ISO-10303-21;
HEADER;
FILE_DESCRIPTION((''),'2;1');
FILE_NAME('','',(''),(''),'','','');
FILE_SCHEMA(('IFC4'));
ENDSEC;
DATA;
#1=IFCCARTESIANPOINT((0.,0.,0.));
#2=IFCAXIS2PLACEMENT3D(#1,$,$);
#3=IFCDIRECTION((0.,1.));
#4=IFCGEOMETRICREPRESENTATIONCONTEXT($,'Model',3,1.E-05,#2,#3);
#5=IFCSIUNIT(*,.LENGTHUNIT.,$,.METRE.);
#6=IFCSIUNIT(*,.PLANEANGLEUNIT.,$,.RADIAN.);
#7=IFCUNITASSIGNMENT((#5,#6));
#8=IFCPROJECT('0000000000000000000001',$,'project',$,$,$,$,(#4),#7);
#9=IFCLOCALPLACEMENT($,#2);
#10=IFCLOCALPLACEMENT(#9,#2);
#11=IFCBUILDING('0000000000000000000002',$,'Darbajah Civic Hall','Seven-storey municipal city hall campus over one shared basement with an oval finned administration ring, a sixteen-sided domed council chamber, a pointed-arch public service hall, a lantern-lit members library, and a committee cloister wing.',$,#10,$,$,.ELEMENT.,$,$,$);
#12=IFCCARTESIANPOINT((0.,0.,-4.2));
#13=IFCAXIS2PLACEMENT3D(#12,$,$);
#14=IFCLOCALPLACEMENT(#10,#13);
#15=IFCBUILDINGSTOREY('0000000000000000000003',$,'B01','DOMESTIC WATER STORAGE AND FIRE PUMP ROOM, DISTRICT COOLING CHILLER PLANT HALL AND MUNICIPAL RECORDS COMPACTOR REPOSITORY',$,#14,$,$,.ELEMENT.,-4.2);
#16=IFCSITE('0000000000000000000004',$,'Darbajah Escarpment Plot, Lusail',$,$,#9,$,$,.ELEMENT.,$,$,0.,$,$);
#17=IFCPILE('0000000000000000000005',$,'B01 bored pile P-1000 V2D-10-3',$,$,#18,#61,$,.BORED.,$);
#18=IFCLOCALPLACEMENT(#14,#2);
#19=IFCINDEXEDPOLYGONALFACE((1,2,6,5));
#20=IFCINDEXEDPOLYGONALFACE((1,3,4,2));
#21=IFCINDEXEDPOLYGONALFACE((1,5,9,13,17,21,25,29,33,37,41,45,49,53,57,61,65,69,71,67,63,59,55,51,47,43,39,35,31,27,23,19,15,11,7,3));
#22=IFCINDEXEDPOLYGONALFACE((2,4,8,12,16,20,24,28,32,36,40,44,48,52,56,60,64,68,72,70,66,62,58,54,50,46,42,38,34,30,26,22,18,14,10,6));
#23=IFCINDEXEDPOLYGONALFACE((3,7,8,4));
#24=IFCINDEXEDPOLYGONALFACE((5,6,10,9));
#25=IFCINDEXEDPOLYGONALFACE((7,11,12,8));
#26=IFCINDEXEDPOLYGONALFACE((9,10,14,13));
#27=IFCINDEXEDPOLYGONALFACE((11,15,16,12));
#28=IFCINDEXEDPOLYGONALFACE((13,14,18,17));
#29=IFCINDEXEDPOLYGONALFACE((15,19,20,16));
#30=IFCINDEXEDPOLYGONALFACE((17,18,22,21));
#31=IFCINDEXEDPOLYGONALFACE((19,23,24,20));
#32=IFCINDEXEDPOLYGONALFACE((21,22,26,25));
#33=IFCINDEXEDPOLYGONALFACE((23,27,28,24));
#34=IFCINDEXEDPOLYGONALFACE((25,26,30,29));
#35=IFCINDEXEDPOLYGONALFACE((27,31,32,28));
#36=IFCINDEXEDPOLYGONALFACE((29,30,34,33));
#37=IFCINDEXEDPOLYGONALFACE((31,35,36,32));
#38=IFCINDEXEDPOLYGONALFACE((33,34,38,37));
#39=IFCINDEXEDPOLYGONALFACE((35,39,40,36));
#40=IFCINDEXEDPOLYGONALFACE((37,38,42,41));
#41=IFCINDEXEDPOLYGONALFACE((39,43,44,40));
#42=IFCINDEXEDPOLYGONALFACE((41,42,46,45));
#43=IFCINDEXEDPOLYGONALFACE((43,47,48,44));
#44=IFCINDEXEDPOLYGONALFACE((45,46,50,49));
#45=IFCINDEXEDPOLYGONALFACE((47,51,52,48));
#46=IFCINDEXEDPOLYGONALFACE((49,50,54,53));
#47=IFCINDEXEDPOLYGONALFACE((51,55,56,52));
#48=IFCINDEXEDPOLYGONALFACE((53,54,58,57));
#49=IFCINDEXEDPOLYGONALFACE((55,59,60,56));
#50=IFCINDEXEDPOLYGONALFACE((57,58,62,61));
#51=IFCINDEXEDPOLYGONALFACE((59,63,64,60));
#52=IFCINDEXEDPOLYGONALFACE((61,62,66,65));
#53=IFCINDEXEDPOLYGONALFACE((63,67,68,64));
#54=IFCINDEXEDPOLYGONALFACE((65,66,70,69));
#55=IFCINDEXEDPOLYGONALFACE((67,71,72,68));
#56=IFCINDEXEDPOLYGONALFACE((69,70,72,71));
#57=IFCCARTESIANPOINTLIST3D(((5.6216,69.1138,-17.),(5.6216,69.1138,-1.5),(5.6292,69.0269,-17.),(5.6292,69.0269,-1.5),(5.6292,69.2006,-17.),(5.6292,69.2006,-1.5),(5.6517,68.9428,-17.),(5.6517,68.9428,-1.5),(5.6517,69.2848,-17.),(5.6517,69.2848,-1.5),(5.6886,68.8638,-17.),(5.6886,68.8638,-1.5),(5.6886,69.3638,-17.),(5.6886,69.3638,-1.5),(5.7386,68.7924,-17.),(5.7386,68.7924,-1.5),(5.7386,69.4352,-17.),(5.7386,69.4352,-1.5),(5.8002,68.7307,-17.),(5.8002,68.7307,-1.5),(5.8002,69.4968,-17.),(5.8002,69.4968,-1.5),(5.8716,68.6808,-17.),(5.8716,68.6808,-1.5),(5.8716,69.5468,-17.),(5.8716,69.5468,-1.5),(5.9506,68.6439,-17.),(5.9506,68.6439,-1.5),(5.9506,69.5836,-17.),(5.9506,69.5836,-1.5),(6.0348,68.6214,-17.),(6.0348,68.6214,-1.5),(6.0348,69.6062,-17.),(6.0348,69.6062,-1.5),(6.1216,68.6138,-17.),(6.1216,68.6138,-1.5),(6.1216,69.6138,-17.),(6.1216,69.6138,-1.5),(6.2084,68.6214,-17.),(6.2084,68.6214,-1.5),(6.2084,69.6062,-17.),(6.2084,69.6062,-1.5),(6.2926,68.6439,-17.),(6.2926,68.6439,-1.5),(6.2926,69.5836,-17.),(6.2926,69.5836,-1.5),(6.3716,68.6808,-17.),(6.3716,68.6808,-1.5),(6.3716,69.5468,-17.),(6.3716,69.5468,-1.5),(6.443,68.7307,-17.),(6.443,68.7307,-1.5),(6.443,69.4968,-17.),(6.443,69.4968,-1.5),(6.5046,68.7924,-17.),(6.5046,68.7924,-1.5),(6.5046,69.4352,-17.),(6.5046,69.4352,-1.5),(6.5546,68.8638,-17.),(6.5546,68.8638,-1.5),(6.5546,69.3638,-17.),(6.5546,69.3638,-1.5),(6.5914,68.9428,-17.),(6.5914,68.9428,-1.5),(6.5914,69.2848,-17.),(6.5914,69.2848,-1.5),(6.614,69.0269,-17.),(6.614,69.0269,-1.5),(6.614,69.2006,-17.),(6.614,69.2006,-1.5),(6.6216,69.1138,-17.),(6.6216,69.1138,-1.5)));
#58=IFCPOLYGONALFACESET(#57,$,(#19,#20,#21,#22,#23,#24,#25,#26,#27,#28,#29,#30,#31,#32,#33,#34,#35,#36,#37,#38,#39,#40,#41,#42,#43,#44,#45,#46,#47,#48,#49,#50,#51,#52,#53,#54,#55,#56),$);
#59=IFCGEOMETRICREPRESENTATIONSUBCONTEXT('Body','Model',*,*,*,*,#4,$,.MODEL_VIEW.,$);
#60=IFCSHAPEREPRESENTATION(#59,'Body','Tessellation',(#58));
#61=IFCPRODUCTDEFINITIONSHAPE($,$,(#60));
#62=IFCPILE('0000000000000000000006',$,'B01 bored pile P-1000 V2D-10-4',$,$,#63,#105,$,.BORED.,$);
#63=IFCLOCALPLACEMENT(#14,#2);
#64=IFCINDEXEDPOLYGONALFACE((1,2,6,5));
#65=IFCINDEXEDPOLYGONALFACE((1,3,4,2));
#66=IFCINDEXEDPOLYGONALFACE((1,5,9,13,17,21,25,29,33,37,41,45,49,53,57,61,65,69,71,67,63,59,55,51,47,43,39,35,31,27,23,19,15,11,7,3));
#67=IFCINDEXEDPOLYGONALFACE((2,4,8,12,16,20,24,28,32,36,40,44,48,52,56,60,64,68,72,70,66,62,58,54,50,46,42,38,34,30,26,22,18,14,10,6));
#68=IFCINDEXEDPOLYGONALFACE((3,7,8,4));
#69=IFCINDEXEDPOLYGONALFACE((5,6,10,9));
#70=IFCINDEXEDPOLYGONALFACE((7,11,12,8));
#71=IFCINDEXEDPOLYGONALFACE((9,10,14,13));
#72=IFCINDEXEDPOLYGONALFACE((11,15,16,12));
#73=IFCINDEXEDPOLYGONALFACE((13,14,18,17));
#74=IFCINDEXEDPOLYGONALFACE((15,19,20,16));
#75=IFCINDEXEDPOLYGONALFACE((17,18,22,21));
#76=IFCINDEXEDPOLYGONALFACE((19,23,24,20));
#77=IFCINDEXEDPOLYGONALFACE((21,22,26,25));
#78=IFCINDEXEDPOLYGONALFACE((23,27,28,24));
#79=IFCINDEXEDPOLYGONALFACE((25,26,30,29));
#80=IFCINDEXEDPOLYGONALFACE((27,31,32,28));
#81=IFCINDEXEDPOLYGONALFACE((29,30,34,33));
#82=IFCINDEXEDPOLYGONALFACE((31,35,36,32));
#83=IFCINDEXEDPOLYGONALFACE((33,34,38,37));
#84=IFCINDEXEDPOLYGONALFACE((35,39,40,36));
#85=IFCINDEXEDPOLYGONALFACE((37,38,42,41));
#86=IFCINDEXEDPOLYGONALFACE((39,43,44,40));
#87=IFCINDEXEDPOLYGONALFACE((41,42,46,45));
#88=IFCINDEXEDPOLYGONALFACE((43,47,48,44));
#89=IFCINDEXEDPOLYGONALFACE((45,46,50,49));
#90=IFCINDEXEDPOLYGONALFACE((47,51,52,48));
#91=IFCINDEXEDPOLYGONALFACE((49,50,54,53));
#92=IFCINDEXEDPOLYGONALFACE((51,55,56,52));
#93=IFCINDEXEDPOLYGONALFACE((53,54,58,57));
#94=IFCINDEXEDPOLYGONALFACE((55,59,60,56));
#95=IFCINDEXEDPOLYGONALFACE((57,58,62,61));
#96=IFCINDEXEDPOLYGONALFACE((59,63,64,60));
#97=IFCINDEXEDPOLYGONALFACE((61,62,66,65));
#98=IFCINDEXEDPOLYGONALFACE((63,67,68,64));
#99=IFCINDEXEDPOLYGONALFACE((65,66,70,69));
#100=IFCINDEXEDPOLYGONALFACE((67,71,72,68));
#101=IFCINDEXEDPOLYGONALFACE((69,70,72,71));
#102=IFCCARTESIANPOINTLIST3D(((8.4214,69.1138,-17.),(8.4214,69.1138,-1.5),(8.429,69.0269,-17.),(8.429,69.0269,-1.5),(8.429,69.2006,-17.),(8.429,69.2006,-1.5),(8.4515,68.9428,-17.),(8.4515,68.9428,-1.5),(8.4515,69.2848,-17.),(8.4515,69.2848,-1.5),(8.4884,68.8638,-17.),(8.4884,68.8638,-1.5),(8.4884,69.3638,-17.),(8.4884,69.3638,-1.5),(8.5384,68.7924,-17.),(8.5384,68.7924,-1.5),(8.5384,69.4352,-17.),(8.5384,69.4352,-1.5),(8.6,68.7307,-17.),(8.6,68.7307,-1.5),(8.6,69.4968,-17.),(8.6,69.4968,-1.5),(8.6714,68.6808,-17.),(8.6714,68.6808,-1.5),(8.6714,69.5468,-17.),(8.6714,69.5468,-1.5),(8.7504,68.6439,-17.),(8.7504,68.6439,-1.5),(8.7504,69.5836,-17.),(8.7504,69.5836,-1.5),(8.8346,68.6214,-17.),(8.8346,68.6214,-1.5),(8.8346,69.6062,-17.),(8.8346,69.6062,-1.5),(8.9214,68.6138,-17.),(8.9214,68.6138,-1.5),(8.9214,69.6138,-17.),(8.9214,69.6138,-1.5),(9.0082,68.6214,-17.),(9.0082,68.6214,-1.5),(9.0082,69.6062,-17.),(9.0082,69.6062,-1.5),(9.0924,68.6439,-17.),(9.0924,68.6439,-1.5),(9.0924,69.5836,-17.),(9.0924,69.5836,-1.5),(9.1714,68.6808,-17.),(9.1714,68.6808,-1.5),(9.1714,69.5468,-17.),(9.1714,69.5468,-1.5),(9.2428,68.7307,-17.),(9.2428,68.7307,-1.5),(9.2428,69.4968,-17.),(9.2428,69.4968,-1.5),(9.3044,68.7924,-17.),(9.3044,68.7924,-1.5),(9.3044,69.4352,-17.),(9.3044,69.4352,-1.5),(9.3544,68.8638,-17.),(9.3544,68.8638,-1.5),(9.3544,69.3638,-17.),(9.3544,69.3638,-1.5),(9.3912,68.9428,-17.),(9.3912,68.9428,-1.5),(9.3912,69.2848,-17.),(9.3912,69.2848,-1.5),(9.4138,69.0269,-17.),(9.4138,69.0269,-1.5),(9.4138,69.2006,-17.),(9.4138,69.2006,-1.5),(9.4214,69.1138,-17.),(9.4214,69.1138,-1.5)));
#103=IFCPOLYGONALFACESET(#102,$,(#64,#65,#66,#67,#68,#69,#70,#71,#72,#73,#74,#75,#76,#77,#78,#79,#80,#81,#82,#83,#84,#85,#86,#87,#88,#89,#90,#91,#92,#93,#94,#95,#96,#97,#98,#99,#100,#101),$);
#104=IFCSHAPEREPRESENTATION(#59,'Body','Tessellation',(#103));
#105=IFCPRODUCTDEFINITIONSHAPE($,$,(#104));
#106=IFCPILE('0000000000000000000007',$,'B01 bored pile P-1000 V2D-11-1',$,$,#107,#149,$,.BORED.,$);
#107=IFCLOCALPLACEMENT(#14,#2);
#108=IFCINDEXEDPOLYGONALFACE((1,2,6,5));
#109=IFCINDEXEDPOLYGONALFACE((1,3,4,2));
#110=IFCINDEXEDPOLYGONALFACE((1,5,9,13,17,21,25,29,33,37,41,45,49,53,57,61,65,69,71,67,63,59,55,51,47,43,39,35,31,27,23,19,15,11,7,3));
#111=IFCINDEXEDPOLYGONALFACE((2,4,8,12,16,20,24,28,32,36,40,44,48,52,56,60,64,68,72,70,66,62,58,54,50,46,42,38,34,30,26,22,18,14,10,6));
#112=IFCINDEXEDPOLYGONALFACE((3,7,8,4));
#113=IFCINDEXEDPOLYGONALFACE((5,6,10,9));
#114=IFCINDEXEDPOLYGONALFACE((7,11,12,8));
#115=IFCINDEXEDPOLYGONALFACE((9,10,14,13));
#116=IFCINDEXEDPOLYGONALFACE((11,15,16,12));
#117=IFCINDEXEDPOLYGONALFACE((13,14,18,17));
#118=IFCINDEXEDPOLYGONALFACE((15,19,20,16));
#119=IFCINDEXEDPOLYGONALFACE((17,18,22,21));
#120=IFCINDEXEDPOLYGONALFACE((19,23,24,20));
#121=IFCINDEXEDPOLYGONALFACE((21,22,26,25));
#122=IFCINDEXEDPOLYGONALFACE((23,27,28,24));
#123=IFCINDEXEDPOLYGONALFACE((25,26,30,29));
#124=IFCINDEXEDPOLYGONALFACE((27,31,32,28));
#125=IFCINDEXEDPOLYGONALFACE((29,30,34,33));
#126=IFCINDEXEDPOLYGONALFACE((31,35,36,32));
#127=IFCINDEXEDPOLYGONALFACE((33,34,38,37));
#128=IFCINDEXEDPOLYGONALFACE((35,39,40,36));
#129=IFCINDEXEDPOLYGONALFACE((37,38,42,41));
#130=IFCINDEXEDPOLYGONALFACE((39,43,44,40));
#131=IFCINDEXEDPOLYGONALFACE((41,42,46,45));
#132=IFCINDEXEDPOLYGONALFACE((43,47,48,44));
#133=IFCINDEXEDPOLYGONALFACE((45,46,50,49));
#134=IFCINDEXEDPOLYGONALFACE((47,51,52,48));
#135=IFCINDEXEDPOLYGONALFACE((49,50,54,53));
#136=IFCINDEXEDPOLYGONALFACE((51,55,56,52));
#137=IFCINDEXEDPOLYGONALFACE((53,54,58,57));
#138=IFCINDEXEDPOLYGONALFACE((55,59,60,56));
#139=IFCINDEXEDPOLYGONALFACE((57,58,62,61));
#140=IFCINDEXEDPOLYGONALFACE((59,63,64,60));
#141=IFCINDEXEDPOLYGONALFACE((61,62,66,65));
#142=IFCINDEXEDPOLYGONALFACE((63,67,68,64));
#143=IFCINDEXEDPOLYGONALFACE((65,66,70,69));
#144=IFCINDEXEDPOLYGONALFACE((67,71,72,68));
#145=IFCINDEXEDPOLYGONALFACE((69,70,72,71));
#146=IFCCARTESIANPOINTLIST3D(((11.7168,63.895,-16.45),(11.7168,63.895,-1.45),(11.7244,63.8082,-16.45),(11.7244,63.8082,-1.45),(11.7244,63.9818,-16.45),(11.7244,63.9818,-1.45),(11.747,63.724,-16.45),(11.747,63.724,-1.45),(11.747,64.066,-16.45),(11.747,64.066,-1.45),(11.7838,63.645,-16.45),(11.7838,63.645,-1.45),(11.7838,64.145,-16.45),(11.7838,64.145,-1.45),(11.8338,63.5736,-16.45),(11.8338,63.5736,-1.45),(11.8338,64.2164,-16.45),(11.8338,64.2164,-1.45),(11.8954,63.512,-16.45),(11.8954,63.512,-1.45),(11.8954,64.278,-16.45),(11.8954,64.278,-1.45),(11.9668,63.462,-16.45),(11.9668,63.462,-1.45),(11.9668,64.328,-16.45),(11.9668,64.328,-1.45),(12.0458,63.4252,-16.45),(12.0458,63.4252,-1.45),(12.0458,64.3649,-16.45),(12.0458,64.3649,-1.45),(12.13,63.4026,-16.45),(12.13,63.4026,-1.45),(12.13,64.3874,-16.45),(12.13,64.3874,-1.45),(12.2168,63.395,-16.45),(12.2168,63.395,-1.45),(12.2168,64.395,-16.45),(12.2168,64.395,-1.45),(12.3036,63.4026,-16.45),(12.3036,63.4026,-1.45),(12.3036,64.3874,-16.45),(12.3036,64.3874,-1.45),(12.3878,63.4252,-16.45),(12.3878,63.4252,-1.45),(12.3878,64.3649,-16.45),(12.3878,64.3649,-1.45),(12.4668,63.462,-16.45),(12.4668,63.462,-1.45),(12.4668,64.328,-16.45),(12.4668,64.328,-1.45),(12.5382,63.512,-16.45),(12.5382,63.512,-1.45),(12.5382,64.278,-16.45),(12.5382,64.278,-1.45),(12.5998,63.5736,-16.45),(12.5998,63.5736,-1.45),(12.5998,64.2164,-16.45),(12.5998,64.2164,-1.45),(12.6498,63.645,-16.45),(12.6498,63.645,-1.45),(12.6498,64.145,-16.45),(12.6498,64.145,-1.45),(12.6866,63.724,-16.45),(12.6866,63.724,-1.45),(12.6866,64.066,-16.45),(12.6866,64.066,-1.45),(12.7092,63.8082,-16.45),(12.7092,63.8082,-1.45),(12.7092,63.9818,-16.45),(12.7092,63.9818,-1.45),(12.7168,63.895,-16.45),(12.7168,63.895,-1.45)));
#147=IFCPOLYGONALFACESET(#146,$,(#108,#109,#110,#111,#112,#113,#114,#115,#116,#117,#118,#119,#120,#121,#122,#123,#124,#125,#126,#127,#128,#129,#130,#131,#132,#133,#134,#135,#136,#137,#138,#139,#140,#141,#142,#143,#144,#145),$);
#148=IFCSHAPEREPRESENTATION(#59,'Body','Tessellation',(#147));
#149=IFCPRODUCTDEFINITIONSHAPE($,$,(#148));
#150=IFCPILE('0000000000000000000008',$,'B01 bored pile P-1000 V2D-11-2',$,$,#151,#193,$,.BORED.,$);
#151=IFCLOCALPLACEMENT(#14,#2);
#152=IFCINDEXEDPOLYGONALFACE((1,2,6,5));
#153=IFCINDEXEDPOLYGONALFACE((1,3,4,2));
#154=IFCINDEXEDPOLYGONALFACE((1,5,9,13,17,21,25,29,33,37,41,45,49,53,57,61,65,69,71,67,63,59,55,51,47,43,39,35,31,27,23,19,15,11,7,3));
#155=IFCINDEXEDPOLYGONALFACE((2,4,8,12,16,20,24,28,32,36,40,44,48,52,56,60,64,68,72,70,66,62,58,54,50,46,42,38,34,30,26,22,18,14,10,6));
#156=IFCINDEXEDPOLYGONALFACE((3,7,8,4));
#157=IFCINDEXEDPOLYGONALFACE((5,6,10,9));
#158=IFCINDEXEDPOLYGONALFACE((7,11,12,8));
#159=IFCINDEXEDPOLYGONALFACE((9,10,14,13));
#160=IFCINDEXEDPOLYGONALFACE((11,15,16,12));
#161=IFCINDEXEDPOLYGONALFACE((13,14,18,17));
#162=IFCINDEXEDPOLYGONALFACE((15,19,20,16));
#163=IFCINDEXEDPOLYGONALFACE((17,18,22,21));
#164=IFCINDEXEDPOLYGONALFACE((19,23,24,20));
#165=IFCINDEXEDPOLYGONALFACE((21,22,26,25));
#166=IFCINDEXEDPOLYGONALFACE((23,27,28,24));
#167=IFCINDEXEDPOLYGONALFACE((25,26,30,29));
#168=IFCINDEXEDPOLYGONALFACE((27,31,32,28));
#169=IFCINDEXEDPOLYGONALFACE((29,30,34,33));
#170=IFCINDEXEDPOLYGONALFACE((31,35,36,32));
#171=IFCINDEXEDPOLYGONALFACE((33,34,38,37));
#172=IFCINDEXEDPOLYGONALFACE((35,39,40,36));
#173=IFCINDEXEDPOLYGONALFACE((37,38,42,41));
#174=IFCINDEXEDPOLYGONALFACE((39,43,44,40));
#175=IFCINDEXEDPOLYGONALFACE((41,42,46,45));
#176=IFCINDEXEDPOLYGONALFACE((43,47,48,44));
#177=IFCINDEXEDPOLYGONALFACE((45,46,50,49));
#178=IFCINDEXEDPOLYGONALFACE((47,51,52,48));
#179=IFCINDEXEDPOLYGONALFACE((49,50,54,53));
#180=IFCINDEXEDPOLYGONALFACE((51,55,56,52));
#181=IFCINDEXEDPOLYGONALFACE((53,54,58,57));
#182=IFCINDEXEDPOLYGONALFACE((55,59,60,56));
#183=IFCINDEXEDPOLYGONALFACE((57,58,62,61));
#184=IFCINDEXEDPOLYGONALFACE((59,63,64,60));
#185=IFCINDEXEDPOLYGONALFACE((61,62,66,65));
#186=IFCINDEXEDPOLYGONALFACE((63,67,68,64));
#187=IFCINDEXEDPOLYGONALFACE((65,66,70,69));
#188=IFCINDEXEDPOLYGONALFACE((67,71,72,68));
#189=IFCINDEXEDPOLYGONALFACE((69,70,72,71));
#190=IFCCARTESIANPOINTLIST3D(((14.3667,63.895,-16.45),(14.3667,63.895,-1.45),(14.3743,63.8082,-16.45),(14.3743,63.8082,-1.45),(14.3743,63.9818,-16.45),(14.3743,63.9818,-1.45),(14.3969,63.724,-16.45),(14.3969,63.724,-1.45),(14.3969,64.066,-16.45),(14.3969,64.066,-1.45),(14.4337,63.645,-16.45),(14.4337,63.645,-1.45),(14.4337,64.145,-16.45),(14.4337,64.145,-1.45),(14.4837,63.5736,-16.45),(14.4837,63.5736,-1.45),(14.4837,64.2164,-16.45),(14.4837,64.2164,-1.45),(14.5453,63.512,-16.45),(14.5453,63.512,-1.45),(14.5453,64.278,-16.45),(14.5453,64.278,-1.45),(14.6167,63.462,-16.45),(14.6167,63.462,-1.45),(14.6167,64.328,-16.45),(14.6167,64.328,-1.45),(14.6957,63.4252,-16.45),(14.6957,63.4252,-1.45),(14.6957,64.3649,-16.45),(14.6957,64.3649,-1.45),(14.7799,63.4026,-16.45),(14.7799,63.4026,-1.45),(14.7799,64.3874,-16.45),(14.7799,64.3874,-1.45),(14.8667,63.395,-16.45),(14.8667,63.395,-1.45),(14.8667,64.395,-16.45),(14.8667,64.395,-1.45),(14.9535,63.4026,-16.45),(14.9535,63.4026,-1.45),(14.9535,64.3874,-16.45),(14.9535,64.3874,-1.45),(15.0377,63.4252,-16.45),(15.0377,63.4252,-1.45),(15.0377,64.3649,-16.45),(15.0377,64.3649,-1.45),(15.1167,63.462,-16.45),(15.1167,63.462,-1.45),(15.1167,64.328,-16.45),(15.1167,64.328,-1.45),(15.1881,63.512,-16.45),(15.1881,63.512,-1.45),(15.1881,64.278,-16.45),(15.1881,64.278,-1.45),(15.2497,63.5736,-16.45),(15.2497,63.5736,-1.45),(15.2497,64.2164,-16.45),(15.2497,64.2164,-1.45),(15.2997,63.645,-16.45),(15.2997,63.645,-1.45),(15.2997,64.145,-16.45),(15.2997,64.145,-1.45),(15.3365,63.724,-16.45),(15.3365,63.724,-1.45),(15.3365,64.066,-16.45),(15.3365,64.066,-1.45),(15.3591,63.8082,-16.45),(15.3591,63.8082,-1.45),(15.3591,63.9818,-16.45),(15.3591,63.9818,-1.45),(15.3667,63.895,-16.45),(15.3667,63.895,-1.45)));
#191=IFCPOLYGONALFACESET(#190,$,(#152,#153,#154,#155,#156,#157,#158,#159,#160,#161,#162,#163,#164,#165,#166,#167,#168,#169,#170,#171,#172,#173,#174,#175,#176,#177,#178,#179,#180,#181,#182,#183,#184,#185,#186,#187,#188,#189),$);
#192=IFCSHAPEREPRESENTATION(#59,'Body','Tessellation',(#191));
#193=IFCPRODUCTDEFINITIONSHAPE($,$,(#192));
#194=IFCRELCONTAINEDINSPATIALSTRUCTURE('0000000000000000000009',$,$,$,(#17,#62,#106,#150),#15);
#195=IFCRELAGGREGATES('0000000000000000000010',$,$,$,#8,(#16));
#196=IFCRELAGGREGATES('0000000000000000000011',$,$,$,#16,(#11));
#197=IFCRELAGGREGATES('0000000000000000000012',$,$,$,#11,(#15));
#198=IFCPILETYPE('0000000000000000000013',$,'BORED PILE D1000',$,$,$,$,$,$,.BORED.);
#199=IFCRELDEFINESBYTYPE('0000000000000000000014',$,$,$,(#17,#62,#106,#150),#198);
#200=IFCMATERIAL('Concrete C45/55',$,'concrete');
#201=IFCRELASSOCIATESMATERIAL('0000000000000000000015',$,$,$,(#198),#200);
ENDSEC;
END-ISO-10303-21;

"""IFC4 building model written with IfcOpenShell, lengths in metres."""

from ifc_helpers import new_model, si_unit, direction, frame, origin, origin_2d, place, context, subcontext, project, spatial, circle, extrude, material, material_profile, profile_set, type_object, element, save


model = new_model("IFC4")

# Units and contexts
model_context = context("Model", 3, precision=1e-05, world=origin(), true_north=direction((0.0, 1.0)))
body_context = subcontext(model_context, "Body", "Model", "MODEL_VIEW")
ifc_project = project(units=[si_unit("LENGTHUNIT", "METRE"), si_unit("PLANEANGLEUNIT", "RADIAN")], contexts=[model_context])

# Site, building, storey
site_placement = place(None, origin())
site = spatial("IfcSite", under=ifc_project, at=site_placement, Name="Darbajah Escarpment Plot, Lusail", CompositionType="ELEMENT", RefElevation=0.0)
building_placement = place(site_placement, origin())
building = spatial("IfcBuilding", under=site, at=building_placement, Name="Darbajah Civic Hall", Description="Seven-storey municipal city hall campus over one shared basement with an oval finned administration ring, a sixteen-sided domed council chamber, a pointed-arch public service hall, a lantern-lit members library, and a committee cloister wing.", CompositionType="ELEMENT")
storey_placement = place(building_placement, frame((0.0, 0.0, -4.2)))
storey = spatial("IfcBuildingStorey", under=building, at=storey_placement, Name="B01", Description="DOMESTIC WATER STORAGE AND FIRE PUMP ROOM, DISTRICT COOLING CHILLER PLANT HALL AND MUNICIPAL RECORDS COMPACTOR REPOSITORY", CompositionType="ELEMENT", Elevation=-4.2)

# Piles
ifc_material_1 = material(Name="Concrete C45/55", Category="concrete")
ifc_material_profile_1 = material_profile(ifc_material_1, circle(Radius=0.5, at=origin_2d()), Name="BORED PILE D1000")
ifc_profile_set_1 = profile_set([ifc_material_profile_1], Name="Concrete C45/55")
pile_type_1 = type_object("IfcPileType", Name="BORED PILE D1000", PredefinedType="BORED", material=ifc_profile_set_1)
for number, where, z_axis, x_axis, name in (
    (1, (6.1216, 69.1138, -1.5), (0.0, 0.0, -1.0), (1.0, 0.0, 0.0), "B01 bored pile P-1000 V2D-10-3"),
    (2, (8.9214, 69.1138, -1.5), (0.0, 0.0, -1.0), (1.0, 0.0, 0.0), "B01 bored pile P-1000 V2D-10-4"),
):
    element("IfcPile", number, at=place(storey_placement, frame(where, z_axis=z_axis, x_axis=x_axis)), inside=storey, type_object=pile_type_1, Name=name, PredefinedType="BORED", context=body_context, shape_type="SweptSolid", body=[
        extrude(circle(Radius=0.5, at=origin_2d()), origin(), (0.0, 0.0, 1.0), 15.5),
    ])
for number, where, z_axis, x_axis, name in (
    (3, (12.2168, 63.895, -1.45), (0.0, 0.0, -1.0), (1.0, 0.0, 0.0), "B01 bored pile P-1000 V2D-11-1"),
    (4, (14.8667, 63.895, -1.45), (0.0, 0.0, -1.0), (1.0, 0.0, 0.0), "B01 bored pile P-1000 V2D-11-2"),
):
    element("IfcPile", number, at=place(storey_placement, frame(where, z_axis=z_axis, x_axis=x_axis)), inside=storey, type_object=pile_type_1, Name=name, PredefinedType="BORED", context=body_context, shape_type="SweptSolid", body=[
        extrude(circle(Radius=0.5, at=origin_2d()), origin(), (0.0, 0.0, 1.0), 15.0),
    ])

save(model, "model.ifc")
